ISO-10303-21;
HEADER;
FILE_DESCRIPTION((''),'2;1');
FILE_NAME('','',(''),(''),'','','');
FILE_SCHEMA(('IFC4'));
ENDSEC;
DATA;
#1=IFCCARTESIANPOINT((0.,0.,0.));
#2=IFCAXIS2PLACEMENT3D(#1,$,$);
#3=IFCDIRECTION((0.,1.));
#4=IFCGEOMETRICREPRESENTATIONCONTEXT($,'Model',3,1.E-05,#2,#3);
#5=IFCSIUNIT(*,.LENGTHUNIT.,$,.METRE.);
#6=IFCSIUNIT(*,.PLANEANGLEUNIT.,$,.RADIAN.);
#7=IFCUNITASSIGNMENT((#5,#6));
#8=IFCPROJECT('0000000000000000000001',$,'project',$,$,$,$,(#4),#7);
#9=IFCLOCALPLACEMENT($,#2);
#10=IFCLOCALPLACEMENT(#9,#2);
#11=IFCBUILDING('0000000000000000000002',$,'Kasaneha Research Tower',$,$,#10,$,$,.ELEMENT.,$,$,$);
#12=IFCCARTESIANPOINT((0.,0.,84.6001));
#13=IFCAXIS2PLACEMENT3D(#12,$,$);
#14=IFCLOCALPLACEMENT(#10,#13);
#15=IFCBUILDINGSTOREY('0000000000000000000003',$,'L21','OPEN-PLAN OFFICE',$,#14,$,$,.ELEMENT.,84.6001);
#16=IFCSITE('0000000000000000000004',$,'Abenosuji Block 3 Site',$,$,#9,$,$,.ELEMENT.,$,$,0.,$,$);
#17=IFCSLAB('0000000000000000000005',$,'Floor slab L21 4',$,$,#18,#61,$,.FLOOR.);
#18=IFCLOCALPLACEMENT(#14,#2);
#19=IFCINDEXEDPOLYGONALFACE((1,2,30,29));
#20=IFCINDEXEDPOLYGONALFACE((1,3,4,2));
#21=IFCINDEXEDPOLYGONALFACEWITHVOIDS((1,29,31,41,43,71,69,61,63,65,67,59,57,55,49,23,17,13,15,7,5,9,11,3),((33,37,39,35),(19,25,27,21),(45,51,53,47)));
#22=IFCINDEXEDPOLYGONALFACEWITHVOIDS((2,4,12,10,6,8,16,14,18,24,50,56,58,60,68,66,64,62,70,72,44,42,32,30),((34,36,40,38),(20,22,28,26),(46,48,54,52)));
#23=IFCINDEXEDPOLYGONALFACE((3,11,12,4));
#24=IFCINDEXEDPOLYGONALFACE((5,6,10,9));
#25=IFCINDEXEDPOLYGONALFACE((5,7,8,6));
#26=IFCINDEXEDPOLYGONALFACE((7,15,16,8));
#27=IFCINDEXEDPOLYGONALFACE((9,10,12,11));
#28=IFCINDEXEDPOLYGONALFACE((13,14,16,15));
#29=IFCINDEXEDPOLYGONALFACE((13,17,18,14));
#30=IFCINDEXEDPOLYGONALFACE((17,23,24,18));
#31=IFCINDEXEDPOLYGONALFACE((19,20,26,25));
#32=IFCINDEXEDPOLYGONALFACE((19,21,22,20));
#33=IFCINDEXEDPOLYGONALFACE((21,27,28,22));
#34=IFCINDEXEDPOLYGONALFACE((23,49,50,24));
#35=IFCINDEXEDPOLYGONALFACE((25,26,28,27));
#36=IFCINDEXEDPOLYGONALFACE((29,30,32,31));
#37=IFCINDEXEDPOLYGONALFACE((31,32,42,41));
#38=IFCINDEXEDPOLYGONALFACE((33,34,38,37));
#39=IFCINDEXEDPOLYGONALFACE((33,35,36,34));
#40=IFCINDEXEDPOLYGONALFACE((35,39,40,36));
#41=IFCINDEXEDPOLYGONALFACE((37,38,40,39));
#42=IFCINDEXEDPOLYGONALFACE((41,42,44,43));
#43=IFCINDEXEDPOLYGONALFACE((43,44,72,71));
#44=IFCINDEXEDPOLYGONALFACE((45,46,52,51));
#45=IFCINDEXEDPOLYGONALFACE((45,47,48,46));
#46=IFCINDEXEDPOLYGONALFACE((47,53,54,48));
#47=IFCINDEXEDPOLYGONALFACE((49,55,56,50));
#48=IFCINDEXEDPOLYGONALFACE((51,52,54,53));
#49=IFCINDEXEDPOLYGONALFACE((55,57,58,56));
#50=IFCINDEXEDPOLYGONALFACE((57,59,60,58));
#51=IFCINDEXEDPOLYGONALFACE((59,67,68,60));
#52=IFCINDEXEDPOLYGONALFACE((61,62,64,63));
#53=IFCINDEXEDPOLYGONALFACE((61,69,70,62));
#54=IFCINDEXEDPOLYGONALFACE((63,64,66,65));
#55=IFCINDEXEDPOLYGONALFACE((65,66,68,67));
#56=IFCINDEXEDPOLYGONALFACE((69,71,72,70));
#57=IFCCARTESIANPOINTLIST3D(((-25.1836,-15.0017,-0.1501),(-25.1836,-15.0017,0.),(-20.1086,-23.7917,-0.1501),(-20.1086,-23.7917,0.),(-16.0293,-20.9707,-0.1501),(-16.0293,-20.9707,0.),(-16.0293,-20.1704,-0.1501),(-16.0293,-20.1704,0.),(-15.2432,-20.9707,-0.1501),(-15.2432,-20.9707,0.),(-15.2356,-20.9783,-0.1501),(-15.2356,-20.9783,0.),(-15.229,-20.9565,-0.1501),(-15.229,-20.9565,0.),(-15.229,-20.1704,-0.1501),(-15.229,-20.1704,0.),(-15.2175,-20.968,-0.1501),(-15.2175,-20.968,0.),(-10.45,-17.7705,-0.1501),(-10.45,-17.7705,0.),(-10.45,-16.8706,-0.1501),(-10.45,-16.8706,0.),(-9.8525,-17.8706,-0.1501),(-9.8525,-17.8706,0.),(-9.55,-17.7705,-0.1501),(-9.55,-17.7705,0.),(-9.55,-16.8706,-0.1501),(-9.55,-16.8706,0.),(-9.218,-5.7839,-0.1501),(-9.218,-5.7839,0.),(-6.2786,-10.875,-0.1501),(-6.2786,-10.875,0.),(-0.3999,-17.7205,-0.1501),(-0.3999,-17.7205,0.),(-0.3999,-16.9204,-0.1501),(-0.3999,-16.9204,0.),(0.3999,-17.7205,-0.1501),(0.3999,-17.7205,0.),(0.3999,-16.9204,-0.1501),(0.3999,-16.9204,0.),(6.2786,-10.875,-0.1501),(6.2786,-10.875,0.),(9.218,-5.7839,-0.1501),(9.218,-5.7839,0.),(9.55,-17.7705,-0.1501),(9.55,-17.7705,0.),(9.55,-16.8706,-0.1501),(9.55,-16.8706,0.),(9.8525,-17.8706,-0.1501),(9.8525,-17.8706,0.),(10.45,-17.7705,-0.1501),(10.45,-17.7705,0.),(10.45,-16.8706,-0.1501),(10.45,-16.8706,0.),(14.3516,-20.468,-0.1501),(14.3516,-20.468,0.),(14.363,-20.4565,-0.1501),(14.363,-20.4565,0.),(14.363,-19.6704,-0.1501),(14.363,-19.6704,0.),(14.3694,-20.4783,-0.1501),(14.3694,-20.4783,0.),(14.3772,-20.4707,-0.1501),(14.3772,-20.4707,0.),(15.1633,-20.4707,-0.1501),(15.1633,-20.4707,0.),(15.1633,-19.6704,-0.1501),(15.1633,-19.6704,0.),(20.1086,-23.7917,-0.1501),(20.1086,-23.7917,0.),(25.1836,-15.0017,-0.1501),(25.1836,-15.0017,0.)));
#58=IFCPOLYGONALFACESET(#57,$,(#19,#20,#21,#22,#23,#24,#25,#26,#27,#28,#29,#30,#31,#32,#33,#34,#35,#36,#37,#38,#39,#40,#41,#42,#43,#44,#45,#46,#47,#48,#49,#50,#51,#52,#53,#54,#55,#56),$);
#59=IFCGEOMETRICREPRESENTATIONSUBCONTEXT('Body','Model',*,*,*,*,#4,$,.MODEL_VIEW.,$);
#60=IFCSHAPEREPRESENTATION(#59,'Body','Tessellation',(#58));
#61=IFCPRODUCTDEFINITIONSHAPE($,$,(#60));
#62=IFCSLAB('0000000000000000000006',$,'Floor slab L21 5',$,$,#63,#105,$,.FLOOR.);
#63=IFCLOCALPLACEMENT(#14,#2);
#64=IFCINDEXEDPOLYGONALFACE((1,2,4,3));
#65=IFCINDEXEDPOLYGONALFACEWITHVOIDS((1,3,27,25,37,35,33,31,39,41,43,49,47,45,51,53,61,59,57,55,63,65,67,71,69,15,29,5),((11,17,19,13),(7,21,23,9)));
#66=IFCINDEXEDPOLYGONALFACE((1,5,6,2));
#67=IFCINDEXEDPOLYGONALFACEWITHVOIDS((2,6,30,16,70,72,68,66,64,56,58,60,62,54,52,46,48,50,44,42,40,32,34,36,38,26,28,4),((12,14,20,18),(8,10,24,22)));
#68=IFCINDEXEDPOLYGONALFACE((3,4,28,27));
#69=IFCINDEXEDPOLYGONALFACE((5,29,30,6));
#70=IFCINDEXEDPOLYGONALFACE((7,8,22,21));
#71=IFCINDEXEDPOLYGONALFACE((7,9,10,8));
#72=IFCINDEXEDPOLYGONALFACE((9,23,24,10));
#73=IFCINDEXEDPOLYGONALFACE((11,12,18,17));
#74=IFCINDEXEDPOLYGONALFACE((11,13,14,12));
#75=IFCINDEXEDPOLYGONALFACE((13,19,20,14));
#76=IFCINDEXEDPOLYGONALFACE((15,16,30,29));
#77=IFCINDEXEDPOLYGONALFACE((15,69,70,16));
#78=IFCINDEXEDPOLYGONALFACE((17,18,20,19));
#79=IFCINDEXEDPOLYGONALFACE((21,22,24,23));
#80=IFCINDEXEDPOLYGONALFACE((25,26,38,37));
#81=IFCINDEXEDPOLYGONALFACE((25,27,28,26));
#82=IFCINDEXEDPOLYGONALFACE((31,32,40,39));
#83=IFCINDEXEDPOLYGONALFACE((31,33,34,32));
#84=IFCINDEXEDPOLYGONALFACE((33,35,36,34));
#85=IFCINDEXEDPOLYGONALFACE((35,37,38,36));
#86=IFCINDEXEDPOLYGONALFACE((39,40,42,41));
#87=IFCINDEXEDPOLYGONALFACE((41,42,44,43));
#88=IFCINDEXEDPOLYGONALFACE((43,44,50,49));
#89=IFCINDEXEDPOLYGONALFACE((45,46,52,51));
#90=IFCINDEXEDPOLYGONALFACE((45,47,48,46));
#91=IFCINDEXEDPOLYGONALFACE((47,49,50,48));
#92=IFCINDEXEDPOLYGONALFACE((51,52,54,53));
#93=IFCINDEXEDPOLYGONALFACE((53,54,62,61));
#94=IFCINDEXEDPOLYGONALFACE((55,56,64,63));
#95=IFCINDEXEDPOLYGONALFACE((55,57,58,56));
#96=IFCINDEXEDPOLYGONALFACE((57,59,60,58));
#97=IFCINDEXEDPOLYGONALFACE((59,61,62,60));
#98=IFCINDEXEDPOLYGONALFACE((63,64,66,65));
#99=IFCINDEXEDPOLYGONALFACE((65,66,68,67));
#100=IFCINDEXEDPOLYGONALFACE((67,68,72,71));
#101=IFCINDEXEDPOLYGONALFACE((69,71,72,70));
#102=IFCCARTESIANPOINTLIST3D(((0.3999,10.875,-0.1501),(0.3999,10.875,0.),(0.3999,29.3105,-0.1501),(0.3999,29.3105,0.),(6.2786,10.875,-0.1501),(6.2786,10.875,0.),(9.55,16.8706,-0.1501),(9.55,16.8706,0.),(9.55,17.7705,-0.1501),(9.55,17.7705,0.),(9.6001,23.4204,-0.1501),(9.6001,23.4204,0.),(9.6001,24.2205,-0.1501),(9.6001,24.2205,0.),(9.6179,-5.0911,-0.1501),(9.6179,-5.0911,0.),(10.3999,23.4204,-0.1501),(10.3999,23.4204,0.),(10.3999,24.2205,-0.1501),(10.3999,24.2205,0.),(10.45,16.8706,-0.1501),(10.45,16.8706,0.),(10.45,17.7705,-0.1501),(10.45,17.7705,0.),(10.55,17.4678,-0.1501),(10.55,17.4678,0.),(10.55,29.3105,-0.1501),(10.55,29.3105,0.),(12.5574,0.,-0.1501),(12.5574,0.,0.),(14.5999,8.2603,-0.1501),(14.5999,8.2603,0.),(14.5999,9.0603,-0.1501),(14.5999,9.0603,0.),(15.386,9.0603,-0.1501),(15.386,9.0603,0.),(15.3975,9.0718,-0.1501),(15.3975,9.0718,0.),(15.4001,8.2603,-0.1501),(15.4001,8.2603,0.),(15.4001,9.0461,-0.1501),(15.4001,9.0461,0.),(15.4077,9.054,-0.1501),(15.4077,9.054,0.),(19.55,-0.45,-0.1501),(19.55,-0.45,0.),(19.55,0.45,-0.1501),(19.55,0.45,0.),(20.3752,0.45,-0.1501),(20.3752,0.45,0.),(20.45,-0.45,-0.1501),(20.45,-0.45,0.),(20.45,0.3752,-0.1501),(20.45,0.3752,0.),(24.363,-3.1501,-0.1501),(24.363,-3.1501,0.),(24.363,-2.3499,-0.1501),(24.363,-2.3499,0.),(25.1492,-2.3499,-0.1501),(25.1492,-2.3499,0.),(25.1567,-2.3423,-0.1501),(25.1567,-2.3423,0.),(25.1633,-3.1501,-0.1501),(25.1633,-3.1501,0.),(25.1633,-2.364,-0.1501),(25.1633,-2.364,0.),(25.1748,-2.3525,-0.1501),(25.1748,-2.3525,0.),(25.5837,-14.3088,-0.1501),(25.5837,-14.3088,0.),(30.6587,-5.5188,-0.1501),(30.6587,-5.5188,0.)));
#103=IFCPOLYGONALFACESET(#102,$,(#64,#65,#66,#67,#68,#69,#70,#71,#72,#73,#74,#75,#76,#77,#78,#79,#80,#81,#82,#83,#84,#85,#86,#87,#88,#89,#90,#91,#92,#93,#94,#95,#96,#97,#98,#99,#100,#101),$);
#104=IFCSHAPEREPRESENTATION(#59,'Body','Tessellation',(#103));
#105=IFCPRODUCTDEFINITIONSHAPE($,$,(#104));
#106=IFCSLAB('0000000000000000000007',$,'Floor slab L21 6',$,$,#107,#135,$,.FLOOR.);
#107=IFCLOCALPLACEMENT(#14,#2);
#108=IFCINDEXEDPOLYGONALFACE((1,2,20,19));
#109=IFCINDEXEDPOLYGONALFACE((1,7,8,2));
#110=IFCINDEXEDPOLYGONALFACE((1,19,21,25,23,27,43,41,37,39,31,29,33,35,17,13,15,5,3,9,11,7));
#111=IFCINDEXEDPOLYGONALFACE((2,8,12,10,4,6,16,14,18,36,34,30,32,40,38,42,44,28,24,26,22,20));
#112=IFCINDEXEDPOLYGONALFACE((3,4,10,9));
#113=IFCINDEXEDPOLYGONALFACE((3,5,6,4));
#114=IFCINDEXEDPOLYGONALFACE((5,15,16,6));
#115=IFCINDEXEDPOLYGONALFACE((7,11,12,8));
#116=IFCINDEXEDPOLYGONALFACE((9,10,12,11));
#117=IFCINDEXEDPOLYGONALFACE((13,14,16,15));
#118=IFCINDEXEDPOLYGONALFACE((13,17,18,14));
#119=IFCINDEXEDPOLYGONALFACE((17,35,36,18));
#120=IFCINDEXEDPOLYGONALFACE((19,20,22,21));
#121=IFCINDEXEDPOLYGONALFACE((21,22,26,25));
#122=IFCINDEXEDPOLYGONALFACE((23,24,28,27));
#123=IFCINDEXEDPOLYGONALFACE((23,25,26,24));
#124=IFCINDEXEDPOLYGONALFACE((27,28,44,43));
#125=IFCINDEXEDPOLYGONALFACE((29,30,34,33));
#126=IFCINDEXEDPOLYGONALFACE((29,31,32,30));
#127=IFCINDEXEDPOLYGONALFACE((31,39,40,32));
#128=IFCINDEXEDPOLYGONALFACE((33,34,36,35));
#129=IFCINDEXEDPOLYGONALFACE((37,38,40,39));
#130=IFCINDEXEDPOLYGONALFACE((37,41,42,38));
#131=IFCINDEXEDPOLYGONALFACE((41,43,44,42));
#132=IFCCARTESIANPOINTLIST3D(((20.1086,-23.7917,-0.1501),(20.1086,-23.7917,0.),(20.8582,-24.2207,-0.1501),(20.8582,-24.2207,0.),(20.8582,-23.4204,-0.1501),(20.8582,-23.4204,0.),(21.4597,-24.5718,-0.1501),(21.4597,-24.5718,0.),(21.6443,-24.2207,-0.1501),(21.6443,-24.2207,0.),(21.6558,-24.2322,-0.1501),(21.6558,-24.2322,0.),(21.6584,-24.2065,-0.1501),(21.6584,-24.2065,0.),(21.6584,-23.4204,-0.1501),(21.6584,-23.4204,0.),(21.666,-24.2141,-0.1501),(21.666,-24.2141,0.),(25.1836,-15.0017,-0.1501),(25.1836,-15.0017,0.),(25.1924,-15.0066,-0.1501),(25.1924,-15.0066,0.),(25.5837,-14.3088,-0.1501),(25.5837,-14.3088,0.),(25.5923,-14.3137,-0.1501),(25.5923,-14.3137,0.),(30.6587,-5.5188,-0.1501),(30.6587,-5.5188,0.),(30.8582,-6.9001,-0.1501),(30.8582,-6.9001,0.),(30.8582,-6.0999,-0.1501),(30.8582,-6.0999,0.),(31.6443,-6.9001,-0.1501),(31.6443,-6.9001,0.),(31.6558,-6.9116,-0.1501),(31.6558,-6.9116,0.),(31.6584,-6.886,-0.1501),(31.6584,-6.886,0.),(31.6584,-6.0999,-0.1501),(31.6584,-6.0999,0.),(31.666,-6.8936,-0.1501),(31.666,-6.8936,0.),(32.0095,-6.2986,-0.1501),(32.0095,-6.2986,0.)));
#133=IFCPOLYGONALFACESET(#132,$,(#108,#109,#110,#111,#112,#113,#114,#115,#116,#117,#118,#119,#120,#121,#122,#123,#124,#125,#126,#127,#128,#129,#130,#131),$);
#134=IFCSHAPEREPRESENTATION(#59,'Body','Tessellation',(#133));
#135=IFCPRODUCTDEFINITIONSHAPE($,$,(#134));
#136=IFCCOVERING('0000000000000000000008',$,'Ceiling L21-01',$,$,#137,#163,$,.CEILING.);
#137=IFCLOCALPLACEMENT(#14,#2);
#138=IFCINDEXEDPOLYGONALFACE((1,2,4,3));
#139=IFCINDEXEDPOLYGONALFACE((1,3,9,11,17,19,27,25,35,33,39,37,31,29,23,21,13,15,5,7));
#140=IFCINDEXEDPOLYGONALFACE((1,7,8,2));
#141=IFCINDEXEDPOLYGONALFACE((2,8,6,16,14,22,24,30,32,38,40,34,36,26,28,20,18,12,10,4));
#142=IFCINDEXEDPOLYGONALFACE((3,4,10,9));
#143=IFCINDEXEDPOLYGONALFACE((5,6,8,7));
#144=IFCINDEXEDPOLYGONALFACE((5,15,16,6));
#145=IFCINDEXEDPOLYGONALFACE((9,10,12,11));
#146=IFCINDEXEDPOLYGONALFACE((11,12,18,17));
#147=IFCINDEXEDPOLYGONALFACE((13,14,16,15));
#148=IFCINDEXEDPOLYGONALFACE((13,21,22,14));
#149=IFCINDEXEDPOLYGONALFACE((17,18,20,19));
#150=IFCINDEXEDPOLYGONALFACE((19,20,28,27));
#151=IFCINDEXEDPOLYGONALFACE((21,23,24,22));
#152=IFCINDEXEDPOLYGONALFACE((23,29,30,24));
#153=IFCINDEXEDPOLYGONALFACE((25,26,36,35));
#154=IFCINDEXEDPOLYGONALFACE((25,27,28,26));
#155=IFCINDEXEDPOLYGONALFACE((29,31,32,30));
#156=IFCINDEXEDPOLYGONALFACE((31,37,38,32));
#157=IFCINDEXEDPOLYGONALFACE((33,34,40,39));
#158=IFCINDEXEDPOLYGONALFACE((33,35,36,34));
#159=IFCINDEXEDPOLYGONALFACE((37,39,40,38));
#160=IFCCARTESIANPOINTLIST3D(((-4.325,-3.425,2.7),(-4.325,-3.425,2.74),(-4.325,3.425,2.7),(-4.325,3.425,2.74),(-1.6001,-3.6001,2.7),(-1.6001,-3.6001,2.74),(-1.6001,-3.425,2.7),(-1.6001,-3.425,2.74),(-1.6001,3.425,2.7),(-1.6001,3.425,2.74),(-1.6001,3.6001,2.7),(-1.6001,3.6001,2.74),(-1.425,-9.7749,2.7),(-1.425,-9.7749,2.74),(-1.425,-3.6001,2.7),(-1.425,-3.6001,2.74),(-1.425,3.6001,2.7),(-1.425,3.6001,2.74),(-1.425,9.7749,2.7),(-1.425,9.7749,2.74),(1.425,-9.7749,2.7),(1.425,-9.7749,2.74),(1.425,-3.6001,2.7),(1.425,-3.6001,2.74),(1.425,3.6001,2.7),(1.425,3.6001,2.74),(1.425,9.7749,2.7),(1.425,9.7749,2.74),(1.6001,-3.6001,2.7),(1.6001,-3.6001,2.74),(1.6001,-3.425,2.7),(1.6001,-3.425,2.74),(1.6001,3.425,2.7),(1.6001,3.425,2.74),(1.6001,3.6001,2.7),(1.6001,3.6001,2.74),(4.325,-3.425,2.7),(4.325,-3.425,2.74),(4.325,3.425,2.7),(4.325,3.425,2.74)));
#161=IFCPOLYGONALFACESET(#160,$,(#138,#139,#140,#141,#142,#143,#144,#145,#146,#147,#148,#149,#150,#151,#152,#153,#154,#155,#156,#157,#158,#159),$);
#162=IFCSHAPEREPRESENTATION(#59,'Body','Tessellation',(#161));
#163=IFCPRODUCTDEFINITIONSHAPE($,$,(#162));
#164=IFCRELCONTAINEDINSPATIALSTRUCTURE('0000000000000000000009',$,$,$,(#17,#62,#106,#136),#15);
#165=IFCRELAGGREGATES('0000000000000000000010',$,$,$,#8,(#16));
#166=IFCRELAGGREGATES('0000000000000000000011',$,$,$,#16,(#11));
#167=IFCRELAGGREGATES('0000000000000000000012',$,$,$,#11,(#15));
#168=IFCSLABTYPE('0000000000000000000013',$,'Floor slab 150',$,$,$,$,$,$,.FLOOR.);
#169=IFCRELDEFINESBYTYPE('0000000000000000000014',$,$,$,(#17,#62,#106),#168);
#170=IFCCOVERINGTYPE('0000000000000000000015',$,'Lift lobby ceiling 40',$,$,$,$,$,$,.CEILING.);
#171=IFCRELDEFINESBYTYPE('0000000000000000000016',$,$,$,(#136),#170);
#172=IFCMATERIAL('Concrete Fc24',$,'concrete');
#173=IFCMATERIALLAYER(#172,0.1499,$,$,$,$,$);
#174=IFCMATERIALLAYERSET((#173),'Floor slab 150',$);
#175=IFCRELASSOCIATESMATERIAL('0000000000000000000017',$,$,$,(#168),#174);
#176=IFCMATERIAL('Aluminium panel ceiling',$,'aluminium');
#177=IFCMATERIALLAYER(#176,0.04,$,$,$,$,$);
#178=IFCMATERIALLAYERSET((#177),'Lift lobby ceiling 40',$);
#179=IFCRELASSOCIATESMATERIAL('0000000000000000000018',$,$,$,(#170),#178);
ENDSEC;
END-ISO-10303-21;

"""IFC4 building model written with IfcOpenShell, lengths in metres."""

from ifc_helpers import new_model, si_unit, direction, frame, origin, place, context, subcontext, project, spatial, polyline, outline, extrude, material, layer, layer_set, type_object, element, save


model = new_model("IFC4")

# Units and contexts
model_context = context("Model", 3, precision=1e-05, world=origin(), true_north=direction((0.0, 1.0)))
body_context = subcontext(model_context, "Body", "Model", "MODEL_VIEW")
ifc_project = project(units=[si_unit("LENGTHUNIT", "METRE"), si_unit("PLANEANGLEUNIT", "RADIAN")], contexts=[model_context])

# Site, building, storey
site_placement = place(None, origin())
site = spatial("IfcSite", under=ifc_project, at=site_placement, Name="Abenosuji Block 3 Site", CompositionType="ELEMENT", RefElevation=0.0)
building_placement = place(site_placement, origin())
building = spatial("IfcBuilding", under=site, at=building_placement, Name="Kasaneha Research Tower", CompositionType="ELEMENT")
storey_placement = place(building_placement, frame((0.0, 0.0, 84.6001)))
storey = spatial("IfcBuildingStorey", under=building, at=storey_placement, Name="L21", Description="OPEN-PLAN OFFICE", CompositionType="ELEMENT", Elevation=84.6001)

# Slabs
ifc_material_1 = material(Name="Concrete Fc24", Category="concrete")
ifc_layer_1 = layer(ifc_material_1, 0.1499)
ifc_layer_set_1 = layer_set([ifc_layer_1], Name="Floor slab 150")
slab_type_1 = type_object("IfcSlabType", Name="Floor slab 150", PredefinedType="FLOOR", material=ifc_layer_set_1)
slab_1_placement = place(storey_placement, frame((0.0, 0.0, -0.1501)))
element("IfcSlab", 1, at=slab_1_placement, inside=storey, type_object=slab_type_1, Name="Floor slab L21 4", PredefinedType="FLOOR", context=body_context, shape_type="SweptSolid", body=[
    extrude(outline(polyline([(-6.2786, -10.875), (6.2786, -10.875), (9.218, -5.7839), (25.1836, -15.0017), (20.1086, -23.7917), (14.3694, -20.4783), (14.3772, -20.4707), (15.1633, -20.4707), (15.1633, -19.6704), (14.363, -19.6704), (14.363, -20.4565), (14.3516, -20.468), (9.8525, -17.8706), (-9.8525, -17.8706), (-15.2175, -20.968), (-15.229, -20.9565), (-15.229, -20.1704), (-16.0293, -20.1704), (-16.0293, -20.9707), (-15.2432, -20.9707), (-15.2356, -20.9783), (-20.1086, -23.7917), (-25.1836, -15.0017), (-9.218, -5.7839), (-6.2786, -10.875)]), holes=[polyline([(0.3999, -17.7205), (0.3999, -16.9204), (-0.3999, -16.9204), (-0.3999, -17.7205), (0.3999, -17.7205)]), polyline([(-9.55, -16.8706), (-10.45, -16.8706), (-10.45, -17.7705), (-9.55, -17.7705), (-9.55, -16.8706)]), polyline([(10.45, -16.8706), (9.55, -16.8706), (9.55, -17.7705), (10.45, -17.7705), (10.45, -16.8706)])]), origin(), (0.0, 0.0, 1.0), 0.1501),
])
slab_2_placement = place(storey_placement, frame((0.0, 0.0, -0.1501)))
element("IfcSlab", 2, at=slab_2_placement, inside=storey, type_object=slab_type_1, Name="Floor slab L21 5", PredefinedType="FLOOR", context=body_context, shape_type="SweptSolid", body=[
    extrude(outline(polyline([(9.6179, -5.0911), (12.5574, 0.0), (6.2786, 10.875), (0.3999, 10.875), (0.3999, 29.3105), (10.55, 29.3105), (10.55, 17.4678), (15.3975, 9.0718), (15.386, 9.0603), (14.5999, 9.0603), (14.5999, 8.2603), (15.4001, 8.2603), (15.4001, 9.0461), (15.4077, 9.054), (20.3752, 0.45), (19.55, 0.45), (19.55, -0.45), (20.45, -0.45), (20.45, 0.3752), (25.1567, -2.3423), (25.1492, -2.3499), (24.363, -2.3499), (24.363, -3.1501), (25.1633, -3.1501), (25.1633, -2.364), (25.1748, -2.3525), (30.6587, -5.5188), (25.5837, -14.3088), (9.6179, -5.0911)]), holes=[polyline([(10.45, 16.8706), (10.45, 17.7705), (9.55, 17.7705), (9.55, 16.8706), (10.45, 16.8706)]), polyline([(10.3999, 23.4204), (10.3999, 24.2205), (9.6001, 24.2205), (9.6001, 23.4204), (10.3999, 23.4204)])]), origin(), (0.0, 0.0, 1.0), 0.1501),
])
slab_3_placement = place(storey_placement, frame((0.0, 0.0, -0.1501)))
element("IfcSlab", 3, at=slab_3_placement, inside=storey, type_object=slab_type_1, Name="Floor slab L21 6", PredefinedType="FLOOR", context=body_context, shape_type="SweptSolid", body=[
    extrude(outline(polyline([(25.1924, -15.0066), (25.5923, -14.3137), (25.5837, -14.3088), (30.6587, -5.5188), (32.0095, -6.2986), (31.666, -6.8936), (31.6584, -6.886), (31.6584, -6.0999), (30.8582, -6.0999), (30.8582, -6.9001), (31.6443, -6.9001), (31.6558, -6.9116), (21.666, -24.2141), (21.6584, -24.2065), (21.6584, -23.4204), (20.8582, -23.4204), (20.8582, -24.2207), (21.6443, -24.2207), (21.6558, -24.2322), (21.4597, -24.5718), (20.1086, -23.7917), (25.1836, -15.0017), (25.1924, -15.0066)])), origin(), (0.0, 0.0, 1.0), 0.1501),
])

# Covering
ifc_material_2 = material(Name="Aluminium panel ceiling", Category="aluminium")
ifc_layer_2 = layer(ifc_material_2, 0.04)
ifc_layer_set_2 = layer_set([ifc_layer_2], Name="Lift lobby ceiling 40")
covering_type_1 = type_object("IfcCoveringType", Name="Lift lobby ceiling 40", PredefinedType="CEILING", material=ifc_layer_set_2)
covering_1_placement = place(storey_placement, frame((0.0, 0.0, 2.7)))
element("IfcCovering", 4, at=covering_1_placement, inside=storey, type_object=covering_type_1, Name="Ceiling L21-01", PredefinedType="CEILING", context=body_context, shape_type="SweptSolid", body=[
    extrude(outline(polyline([(1.425, 9.7749), (1.425, 3.6001), (1.6001, 3.6001), (1.6001, 3.425), (4.325, 3.425), (4.325, -3.425), (1.6001, -3.425), (1.6001, -3.6001), (1.425, -3.6001), (1.425, -9.7749), (-1.425, -9.7749), (-1.425, -3.6001), (-1.6001, -3.6001), (-1.6001, -3.425), (-4.325, -3.425), (-4.325, 3.425), (-1.6001, 3.425), (-1.6001, 3.6001), (-1.425, 3.6001), (-1.425, 9.7749), (1.425, 9.7749)])), origin(), (0.0, 0.0, 1.0), 0.04),
])

save(model, "model.ifc")
